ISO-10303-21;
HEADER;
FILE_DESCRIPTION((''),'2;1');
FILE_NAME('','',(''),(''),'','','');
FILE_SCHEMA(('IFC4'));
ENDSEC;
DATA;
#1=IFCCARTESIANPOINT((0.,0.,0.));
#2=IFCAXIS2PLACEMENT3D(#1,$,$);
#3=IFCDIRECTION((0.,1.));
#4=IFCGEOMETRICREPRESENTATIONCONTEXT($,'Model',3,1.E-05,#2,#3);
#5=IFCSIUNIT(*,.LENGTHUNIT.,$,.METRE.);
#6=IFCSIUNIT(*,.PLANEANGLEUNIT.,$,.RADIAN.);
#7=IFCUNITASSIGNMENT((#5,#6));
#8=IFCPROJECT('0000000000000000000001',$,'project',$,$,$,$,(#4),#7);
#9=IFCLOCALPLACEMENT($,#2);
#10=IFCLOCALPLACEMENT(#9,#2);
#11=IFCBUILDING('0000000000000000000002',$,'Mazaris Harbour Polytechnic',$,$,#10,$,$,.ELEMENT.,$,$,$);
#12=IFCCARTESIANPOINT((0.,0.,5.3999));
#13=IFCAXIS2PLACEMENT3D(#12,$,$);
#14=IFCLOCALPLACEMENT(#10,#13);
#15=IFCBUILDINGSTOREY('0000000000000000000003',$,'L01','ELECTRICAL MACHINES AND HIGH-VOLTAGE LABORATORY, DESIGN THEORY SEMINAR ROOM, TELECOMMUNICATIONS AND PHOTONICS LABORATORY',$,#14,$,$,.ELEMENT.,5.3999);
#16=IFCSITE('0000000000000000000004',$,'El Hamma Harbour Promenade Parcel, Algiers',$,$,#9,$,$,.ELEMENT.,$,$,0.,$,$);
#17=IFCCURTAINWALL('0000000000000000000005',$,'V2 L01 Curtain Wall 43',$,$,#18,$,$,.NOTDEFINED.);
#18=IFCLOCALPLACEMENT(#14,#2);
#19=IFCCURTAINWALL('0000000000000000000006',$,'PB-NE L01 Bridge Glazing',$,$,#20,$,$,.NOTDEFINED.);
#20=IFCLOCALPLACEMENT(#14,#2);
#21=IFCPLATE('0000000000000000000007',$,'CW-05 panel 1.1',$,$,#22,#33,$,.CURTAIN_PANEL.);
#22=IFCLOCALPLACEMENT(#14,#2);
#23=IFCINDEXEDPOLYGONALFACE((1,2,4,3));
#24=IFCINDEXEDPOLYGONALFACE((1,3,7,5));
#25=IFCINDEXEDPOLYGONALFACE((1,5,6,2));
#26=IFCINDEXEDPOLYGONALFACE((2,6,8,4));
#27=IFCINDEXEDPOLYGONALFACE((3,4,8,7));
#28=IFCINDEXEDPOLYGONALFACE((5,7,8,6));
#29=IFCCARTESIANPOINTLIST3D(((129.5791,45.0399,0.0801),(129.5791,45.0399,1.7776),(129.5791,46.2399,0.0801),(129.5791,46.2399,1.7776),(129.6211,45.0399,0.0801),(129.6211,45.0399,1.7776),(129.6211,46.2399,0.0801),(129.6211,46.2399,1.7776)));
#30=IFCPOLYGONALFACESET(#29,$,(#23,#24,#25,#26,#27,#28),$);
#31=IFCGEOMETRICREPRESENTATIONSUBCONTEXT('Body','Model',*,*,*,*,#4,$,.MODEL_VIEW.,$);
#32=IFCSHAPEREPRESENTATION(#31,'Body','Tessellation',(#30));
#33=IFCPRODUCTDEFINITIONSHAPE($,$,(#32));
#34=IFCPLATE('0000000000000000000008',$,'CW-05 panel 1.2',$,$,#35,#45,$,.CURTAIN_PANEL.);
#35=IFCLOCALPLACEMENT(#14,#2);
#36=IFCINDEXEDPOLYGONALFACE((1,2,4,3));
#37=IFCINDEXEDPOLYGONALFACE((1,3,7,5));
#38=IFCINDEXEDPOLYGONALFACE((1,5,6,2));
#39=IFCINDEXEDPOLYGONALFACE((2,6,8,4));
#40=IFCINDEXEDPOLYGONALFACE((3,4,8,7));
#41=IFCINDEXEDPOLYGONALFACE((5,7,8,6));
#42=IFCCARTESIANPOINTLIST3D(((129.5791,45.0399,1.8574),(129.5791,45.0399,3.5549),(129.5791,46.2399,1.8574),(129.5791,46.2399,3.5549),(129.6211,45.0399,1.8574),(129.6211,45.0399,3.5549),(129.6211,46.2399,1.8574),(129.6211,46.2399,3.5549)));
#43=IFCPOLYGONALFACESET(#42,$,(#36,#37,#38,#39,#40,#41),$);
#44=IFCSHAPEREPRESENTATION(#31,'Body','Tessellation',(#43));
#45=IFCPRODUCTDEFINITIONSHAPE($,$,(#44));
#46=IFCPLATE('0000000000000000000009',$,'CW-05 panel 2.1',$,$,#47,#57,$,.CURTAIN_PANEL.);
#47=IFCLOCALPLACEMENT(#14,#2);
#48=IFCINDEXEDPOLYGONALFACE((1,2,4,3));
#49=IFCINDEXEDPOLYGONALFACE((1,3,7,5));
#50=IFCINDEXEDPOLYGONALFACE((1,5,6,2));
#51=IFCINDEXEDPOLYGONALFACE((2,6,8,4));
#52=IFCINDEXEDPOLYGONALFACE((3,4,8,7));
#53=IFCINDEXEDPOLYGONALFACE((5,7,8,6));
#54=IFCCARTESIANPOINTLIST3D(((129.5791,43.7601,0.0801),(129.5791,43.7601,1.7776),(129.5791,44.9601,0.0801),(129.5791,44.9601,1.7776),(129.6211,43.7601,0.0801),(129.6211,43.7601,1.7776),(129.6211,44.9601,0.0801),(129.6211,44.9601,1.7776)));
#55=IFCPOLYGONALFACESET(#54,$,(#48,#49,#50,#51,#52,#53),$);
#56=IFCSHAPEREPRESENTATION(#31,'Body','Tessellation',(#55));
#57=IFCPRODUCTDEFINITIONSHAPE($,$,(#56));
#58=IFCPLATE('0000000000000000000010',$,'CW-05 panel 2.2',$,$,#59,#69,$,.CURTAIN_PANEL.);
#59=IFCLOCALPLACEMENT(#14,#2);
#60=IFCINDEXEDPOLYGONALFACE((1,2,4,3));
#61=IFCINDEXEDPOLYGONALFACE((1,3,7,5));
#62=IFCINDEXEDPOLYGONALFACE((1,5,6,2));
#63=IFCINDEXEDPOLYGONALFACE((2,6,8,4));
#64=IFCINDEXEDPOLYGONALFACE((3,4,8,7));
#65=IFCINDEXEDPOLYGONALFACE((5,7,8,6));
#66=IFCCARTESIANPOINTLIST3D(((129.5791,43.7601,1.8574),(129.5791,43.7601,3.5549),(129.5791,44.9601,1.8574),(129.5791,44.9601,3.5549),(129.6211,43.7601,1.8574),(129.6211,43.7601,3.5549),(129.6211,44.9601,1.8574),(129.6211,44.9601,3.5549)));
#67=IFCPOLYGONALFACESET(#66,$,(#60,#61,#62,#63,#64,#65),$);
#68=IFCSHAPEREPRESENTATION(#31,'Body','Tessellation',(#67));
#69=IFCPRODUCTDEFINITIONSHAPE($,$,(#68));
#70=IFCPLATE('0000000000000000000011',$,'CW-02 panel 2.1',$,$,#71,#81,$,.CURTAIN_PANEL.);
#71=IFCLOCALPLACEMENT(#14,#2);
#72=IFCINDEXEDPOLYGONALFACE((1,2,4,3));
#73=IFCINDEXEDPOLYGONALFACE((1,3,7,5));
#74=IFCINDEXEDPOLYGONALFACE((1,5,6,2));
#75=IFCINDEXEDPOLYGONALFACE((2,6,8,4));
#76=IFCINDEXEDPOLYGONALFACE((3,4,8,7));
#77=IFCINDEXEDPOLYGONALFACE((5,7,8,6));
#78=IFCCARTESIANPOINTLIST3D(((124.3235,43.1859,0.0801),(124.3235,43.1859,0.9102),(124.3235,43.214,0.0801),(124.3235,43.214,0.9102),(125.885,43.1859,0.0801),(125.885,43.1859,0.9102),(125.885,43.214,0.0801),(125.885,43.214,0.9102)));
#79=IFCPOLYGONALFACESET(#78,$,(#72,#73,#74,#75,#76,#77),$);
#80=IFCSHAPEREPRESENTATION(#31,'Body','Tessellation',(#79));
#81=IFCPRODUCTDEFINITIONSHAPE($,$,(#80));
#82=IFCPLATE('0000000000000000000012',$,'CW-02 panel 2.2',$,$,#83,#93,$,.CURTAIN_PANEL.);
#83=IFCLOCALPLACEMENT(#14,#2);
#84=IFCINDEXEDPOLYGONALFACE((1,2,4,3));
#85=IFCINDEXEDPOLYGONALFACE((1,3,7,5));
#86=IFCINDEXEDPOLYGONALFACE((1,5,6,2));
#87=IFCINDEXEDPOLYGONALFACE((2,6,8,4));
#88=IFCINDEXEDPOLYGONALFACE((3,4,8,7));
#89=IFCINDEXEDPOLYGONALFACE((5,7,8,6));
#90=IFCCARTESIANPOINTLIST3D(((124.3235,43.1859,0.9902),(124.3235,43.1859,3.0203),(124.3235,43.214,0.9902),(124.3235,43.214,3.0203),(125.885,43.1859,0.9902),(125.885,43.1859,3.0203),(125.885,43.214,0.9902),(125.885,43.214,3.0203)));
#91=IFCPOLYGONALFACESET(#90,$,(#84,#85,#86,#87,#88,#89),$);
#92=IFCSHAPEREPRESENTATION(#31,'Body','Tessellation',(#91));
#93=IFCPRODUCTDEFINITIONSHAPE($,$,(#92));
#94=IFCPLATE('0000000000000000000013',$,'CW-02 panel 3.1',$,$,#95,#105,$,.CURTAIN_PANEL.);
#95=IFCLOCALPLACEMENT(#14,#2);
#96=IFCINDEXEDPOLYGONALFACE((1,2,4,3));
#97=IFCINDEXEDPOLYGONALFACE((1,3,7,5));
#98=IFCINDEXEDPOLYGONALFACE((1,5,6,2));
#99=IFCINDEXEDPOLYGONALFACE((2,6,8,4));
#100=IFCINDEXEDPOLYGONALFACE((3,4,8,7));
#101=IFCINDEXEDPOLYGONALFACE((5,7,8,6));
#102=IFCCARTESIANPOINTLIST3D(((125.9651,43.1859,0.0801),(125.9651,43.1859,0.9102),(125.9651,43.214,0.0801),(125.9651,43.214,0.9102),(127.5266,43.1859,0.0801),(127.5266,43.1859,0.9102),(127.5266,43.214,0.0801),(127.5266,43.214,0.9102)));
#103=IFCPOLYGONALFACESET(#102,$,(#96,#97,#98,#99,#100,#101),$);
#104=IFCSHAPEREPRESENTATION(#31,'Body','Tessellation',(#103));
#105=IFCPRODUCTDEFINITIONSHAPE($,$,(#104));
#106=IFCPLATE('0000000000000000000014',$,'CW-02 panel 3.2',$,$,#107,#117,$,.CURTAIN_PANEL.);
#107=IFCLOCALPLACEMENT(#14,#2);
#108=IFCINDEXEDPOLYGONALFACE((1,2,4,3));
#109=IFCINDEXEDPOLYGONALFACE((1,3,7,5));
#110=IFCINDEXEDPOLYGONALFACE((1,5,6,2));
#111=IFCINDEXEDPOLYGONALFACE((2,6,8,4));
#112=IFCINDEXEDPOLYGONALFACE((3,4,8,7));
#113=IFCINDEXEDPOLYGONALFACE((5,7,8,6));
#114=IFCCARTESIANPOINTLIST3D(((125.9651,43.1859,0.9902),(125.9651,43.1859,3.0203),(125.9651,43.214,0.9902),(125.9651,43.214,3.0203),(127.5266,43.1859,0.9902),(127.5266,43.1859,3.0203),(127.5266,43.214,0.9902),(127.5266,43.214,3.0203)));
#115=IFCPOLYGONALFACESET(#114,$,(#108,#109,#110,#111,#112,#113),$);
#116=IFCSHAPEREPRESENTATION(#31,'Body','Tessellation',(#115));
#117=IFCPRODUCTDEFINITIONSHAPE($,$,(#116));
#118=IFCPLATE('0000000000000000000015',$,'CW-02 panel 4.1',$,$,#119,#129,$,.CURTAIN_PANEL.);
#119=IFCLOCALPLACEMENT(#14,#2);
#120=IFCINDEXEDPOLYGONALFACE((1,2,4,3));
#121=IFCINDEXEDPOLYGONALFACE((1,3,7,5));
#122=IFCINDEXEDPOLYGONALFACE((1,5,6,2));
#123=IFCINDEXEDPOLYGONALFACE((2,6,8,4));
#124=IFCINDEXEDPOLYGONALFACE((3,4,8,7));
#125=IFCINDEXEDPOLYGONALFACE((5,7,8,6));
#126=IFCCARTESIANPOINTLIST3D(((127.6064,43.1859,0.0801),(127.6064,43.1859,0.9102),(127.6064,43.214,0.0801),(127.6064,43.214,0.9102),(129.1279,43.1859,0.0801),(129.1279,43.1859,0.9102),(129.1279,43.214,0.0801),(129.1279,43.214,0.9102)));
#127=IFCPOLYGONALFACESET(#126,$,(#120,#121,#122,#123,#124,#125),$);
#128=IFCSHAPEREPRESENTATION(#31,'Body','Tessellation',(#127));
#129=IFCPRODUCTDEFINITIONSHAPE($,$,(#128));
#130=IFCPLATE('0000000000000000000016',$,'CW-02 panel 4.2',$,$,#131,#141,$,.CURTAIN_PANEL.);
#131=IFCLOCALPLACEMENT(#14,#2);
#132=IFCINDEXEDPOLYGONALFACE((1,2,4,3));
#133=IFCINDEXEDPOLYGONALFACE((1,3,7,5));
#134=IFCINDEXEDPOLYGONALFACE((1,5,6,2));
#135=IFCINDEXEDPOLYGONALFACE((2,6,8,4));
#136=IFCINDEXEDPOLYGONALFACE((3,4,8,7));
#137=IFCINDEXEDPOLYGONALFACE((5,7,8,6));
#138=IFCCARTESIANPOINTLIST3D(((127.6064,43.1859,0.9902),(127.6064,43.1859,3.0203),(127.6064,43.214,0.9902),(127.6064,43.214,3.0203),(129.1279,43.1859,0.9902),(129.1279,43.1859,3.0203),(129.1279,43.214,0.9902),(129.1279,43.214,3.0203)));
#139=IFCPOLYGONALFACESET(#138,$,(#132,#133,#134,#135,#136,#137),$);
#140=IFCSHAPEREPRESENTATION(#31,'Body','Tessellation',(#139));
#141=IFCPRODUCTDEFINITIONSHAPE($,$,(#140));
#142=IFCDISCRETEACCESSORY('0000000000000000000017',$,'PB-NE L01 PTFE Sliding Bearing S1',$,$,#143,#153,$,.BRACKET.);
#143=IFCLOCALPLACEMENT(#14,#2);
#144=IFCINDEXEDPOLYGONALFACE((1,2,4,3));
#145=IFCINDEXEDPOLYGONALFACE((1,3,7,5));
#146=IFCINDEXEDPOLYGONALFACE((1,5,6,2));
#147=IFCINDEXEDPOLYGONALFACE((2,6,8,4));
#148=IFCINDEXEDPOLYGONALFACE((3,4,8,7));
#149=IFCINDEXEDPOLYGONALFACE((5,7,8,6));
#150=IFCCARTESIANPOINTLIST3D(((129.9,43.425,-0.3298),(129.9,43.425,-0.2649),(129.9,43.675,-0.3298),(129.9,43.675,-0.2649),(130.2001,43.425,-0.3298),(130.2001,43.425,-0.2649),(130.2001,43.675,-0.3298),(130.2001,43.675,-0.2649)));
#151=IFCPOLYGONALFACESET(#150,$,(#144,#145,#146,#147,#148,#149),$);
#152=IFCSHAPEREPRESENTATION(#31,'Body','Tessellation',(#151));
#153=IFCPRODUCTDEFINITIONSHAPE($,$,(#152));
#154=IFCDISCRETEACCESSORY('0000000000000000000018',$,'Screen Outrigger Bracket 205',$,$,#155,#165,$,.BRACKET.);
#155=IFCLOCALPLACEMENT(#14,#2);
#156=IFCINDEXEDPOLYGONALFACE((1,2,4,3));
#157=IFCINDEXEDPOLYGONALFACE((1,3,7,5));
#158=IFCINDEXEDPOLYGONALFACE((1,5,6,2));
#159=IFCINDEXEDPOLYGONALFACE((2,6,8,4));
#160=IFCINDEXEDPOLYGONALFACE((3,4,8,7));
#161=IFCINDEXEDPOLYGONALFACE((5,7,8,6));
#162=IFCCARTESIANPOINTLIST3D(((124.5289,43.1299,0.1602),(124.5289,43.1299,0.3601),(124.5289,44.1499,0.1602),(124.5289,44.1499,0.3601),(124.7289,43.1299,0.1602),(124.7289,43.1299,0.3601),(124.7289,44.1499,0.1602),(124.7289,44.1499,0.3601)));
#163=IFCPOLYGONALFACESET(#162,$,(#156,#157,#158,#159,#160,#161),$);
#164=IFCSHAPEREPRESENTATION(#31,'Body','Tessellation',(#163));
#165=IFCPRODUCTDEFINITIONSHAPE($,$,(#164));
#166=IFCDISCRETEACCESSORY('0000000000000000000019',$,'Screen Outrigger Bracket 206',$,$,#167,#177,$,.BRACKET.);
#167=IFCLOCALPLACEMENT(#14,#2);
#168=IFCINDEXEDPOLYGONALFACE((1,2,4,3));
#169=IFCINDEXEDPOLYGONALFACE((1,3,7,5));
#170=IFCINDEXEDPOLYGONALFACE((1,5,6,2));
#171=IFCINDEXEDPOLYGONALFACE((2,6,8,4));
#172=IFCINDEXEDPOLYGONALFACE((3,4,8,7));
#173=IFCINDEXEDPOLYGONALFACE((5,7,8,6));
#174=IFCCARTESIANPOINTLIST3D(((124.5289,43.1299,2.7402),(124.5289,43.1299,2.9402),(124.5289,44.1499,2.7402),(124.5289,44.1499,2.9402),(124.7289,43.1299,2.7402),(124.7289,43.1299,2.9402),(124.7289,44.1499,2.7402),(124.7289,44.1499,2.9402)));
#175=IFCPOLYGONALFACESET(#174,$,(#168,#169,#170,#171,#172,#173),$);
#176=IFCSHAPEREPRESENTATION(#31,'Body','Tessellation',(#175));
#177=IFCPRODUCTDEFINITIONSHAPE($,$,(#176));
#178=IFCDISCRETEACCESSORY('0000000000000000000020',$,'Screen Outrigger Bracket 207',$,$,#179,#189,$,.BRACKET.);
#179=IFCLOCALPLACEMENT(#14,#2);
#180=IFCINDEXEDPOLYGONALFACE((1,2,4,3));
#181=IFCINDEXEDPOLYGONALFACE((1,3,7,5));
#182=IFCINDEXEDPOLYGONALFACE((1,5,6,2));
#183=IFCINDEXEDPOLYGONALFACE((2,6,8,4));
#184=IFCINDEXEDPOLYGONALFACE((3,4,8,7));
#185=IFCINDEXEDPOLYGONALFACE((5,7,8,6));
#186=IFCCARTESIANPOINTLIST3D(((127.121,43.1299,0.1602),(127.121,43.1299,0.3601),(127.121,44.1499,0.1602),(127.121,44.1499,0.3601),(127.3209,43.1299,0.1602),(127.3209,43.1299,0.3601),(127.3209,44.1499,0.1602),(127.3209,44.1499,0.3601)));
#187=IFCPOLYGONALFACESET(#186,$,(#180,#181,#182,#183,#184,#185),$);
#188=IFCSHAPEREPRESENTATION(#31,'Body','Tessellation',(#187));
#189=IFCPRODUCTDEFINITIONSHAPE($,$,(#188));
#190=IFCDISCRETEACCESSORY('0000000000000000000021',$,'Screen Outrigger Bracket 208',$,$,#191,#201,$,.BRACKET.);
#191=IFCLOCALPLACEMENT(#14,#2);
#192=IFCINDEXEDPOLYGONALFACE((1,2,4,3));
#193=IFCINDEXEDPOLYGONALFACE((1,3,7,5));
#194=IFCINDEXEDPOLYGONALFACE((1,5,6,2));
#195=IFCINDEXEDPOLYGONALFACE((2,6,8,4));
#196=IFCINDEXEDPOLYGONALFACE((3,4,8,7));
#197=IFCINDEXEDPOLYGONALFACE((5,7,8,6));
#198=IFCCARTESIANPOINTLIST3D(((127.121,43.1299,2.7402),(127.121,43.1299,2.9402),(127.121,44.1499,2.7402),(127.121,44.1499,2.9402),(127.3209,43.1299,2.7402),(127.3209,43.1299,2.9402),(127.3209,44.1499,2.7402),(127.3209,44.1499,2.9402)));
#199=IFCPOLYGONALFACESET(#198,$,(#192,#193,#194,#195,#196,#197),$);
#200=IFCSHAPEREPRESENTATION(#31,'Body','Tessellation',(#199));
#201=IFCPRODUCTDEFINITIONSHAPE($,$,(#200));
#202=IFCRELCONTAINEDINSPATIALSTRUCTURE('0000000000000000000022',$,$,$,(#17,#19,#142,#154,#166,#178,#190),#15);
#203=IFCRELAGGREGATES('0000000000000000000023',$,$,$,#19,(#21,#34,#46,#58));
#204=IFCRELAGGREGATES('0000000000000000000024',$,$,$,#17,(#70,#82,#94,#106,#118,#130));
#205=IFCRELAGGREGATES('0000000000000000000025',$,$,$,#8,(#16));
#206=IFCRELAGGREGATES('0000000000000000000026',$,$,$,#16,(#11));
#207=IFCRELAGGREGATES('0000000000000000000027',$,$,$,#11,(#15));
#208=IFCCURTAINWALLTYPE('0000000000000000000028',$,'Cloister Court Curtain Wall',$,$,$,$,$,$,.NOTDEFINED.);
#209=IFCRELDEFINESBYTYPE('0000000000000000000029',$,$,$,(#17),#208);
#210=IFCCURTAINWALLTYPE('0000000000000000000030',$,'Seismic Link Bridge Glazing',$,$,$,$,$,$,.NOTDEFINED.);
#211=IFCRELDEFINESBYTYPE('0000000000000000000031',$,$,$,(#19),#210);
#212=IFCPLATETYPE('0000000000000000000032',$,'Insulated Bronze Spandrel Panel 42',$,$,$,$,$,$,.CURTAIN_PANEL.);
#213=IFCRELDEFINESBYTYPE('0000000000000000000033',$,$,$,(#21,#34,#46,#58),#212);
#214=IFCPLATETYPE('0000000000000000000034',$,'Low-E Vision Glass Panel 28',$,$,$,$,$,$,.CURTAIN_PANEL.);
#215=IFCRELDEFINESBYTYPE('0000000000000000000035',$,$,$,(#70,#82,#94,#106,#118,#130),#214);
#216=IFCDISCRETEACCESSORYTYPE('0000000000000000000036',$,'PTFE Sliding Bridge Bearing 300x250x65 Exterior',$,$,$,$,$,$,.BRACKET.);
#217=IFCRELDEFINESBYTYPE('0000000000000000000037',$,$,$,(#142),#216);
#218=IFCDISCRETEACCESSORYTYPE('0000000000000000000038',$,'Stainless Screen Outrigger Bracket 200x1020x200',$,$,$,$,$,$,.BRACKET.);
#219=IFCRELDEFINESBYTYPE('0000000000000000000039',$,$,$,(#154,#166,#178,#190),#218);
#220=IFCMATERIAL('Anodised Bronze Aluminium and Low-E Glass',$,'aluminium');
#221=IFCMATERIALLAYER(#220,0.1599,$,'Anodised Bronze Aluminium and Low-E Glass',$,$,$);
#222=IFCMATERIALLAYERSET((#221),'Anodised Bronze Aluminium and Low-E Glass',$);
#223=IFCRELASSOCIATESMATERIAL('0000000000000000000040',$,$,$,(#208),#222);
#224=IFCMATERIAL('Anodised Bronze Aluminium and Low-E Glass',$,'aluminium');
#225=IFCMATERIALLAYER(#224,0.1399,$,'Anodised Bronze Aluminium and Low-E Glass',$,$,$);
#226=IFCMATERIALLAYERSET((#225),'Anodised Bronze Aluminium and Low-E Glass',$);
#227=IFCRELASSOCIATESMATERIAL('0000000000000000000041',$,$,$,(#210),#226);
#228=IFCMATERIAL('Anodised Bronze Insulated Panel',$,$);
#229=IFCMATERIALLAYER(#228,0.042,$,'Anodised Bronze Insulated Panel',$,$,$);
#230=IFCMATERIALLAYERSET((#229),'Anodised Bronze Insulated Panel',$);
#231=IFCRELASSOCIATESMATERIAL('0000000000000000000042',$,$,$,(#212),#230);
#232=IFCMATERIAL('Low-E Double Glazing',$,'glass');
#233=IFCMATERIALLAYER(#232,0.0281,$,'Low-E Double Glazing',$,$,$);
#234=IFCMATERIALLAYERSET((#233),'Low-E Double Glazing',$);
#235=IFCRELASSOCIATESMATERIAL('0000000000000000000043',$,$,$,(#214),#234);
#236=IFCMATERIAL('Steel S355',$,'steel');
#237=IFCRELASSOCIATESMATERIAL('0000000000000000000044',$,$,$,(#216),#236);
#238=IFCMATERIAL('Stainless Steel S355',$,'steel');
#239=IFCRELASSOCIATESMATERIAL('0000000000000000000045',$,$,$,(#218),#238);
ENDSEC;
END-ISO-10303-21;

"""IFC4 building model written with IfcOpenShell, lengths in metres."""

from ifc_helpers import new_model, si_unit, direction, frame, origin, origin_2d, place, context, subcontext, project, spatial, rectangle, extrude, material, layer, layer_set, type_object, element, aggregate, save


model = new_model("IFC4")

# Units and contexts
model_context = context("Model", 3, precision=1e-05, world=origin(), true_north=direction((0.0, 1.0)))
body_context = subcontext(model_context, "Body", "Model", "MODEL_VIEW")
ifc_project = project(units=[si_unit("LENGTHUNIT", "METRE"), si_unit("PLANEANGLEUNIT", "RADIAN")], contexts=[model_context])

# Site, building, storey
site_placement = place(None, origin())
site = spatial("IfcSite", under=ifc_project, at=site_placement, Name="El Hamma Harbour Promenade Parcel, Algiers", CompositionType="ELEMENT", RefElevation=0.0)
building_placement = place(site_placement, origin())
building = spatial("IfcBuilding", under=site, at=building_placement, Name="Mazaris Harbour Polytechnic", CompositionType="ELEMENT")
storey_placement = place(building_placement, frame((0.0, 0.0, 5.3999)))
storey = spatial("IfcBuildingStorey", under=building, at=storey_placement, Name="L01", Description="ELECTRICAL MACHINES AND HIGH-VOLTAGE LABORATORY, DESIGN THEORY SEMINAR ROOM, TELECOMMUNICATIONS AND PHOTONICS LABORATORY", CompositionType="ELEMENT", Elevation=5.3999)

# Curtain walls
ifc_material_1 = material(Name="Anodised Bronze Aluminium and Low-E Glass", Category="aluminium")
ifc_layer_1 = layer(ifc_material_1, 0.1599, Name="Anodised Bronze Aluminium and Low-E Glass")
ifc_layer_set_1 = layer_set([ifc_layer_1], Name="Anodised Bronze Aluminium and Low-E Glass")
curtain_wall_type_1 = type_object("IfcCurtainWallType", Name="Cloister Court Curtain Wall", PredefinedType="NOTDEFINED", material=ifc_layer_set_1)
curtain_wall_1_placement = place(storey_placement, origin())
curtain_wall_1 = element("IfcCurtainWall", 1, at=curtain_wall_1_placement, inside=storey, type_object=curtain_wall_type_1, Name="V2 L01 Curtain Wall 43", PredefinedType="NOTDEFINED")
ifc_material_2 = material(Name="Anodised Bronze Aluminium and Low-E Glass", Category="aluminium")
ifc_layer_2 = layer(ifc_material_2, 0.1399, Name="Anodised Bronze Aluminium and Low-E Glass")
ifc_layer_set_2 = layer_set([ifc_layer_2], Name="Anodised Bronze Aluminium and Low-E Glass")
curtain_wall_type_2 = type_object("IfcCurtainWallType", Name="Seismic Link Bridge Glazing", PredefinedType="NOTDEFINED", material=ifc_layer_set_2)
curtain_wall_2_placement = place(storey_placement, origin())
curtain_wall_2 = element("IfcCurtainWall", 2, at=curtain_wall_2_placement, inside=storey, type_object=curtain_wall_type_2, Name="PB-NE L01 Bridge Glazing", PredefinedType="NOTDEFINED")

# Plates
ifc_material_3 = material(Name="Anodised Bronze Insulated Panel")
ifc_layer_3 = layer(ifc_material_3, 0.042, Name="Anodised Bronze Insulated Panel")
ifc_layer_set_3 = layer_set([ifc_layer_3], Name="Anodised Bronze Insulated Panel")
plate_type_1 = type_object("IfcPlateType", Name="Insulated Bronze Spandrel Panel 42", PredefinedType="CURTAIN_PANEL", material=ifc_layer_set_3)
plate_1_placement = place(storey_placement, frame((129.6001, 45.6399, 0.0801), z_axis=(0.0, 0.0, 1.0), x_axis=(0.0, -1.0, 0.0)))
plate_1 = element("IfcPlate", 3, at=plate_1_placement, type_object=plate_type_1, Name="CW-05 panel 1.1", PredefinedType="CURTAIN_PANEL", context=body_context, shape_type="SweptSolid", body=[
    extrude(rectangle(XDim=1.2, YDim=0.042, at=origin_2d()), origin(), (0.0, 0.0, 1.0), 1.6975),
])
plate_2_placement = place(storey_placement, frame((129.6001, 45.6399, 1.8574), z_axis=(0.0, 0.0, 1.0), x_axis=(0.0, -1.0, 0.0)))
plate_2 = element("IfcPlate", 4, at=plate_2_placement, type_object=plate_type_1, Name="CW-05 panel 1.2", PredefinedType="CURTAIN_PANEL", context=body_context, shape_type="SweptSolid", body=[
    extrude(rectangle(XDim=1.2, YDim=0.042, at=origin_2d()), origin(), (0.0, 0.0, 1.0), 1.6975),
])
plate_3_placement = place(storey_placement, frame((129.6001, 44.3601, 0.0801), z_axis=(0.0, 0.0, 1.0), x_axis=(0.0, -1.0, 0.0)))
plate_3 = element("IfcPlate", 5, at=plate_3_placement, type_object=plate_type_1, Name="CW-05 panel 2.1", PredefinedType="CURTAIN_PANEL", context=body_context, shape_type="SweptSolid", body=[
    extrude(rectangle(XDim=1.2, YDim=0.042, at=origin_2d()), origin(), (0.0, 0.0, 1.0), 1.6975),
])
plate_4_placement = place(storey_placement, frame((129.6001, 44.3601, 1.8574), z_axis=(0.0, 0.0, 1.0), x_axis=(0.0, -1.0, 0.0)))
plate_4 = element("IfcPlate", 6, at=plate_4_placement, type_object=plate_type_1, Name="CW-05 panel 2.2", PredefinedType="CURTAIN_PANEL", context=body_context, shape_type="SweptSolid", body=[
    extrude(rectangle(XDim=1.2, YDim=0.042, at=origin_2d()), origin(), (0.0, 0.0, 1.0), 1.6975),
])
aggregate(curtain_wall_2, [plate_1, plate_2, plate_3, plate_4])
ifc_material_4 = material(Name="Low-E Double Glazing", Category="glass")
ifc_layer_4 = layer(ifc_material_4, 0.0281, Name="Low-E Double Glazing")
ifc_layer_set_4 = layer_set([ifc_layer_4], Name="Low-E Double Glazing")
plate_type_2 = type_object("IfcPlateType", Name="Low-E Vision Glass Panel 28", PredefinedType="CURTAIN_PANEL", material=ifc_layer_set_4)
plate_5_placement = place(storey_placement, frame((125.1042, 43.2, 0.0801), z_axis=(0.0, 0.0, 1.0), x_axis=(1.0, 0.0, 0.0)))
plate_5 = element("IfcPlate", 7, at=plate_5_placement, type_object=plate_type_2, Name="CW-02 panel 2.1", PredefinedType="CURTAIN_PANEL", context=body_context, shape_type="SweptSolid", body=[
    extrude(rectangle(XDim=1.5615, YDim=0.0281, at=origin_2d()), origin(), (0.0, 0.0, 1.0), 0.8301),
])
plate_6_placement = place(storey_placement, frame((125.1042, 43.2, 0.9902), z_axis=(0.0, 0.0, 1.0), x_axis=(1.0, 0.0, 0.0)))
plate_6 = element("IfcPlate", 8, at=plate_6_placement, type_object=plate_type_2, Name="CW-02 panel 2.2", PredefinedType="CURTAIN_PANEL", context=body_context, shape_type="SweptSolid", body=[
    extrude(rectangle(XDim=1.5615, YDim=0.0281, at=origin_2d()), origin(), (0.0, 0.0, 1.0), 2.03),
])
plate_7_placement = place(storey_placement, frame((126.7458, 43.2, 0.0801), z_axis=(0.0, 0.0, 1.0), x_axis=(1.0, 0.0, 0.0)))
plate_7 = element("IfcPlate", 9, at=plate_7_placement, type_object=plate_type_2, Name="CW-02 panel 3.1", PredefinedType="CURTAIN_PANEL", context=body_context, shape_type="SweptSolid", body=[
    extrude(rectangle(XDim=1.5615, YDim=0.0281, at=origin_2d()), origin(), (0.0, 0.0, 1.0), 0.8301),
])
plate_8_placement = place(storey_placement, frame((126.7458, 43.2, 0.9902), z_axis=(0.0, 0.0, 1.0), x_axis=(1.0, 0.0, 0.0)))
plate_8 = element("IfcPlate", 10, at=plate_8_placement, type_object=plate_type_2, Name="CW-02 panel 3.2", PredefinedType="CURTAIN_PANEL", context=body_context, shape_type="SweptSolid", body=[
    extrude(rectangle(XDim=1.5615, YDim=0.0281, at=origin_2d()), origin(), (0.0, 0.0, 1.0), 2.03),
])
plate_9_placement = place(storey_placement, frame((128.3672, 43.2, 0.0801), z_axis=(0.0, 0.0, 1.0), x_axis=(1.0, 0.0, 0.0)))
plate_9 = element("IfcPlate", 11, at=plate_9_placement, type_object=plate_type_2, Name="CW-02 panel 4.1", PredefinedType="CURTAIN_PANEL", context=body_context, shape_type="SweptSolid", body=[
    extrude(rectangle(XDim=1.5215, YDim=0.0281, at=origin_2d()), origin(), (0.0, 0.0, 1.0), 0.8301),
])
plate_10_placement = place(storey_placement, frame((128.3672, 43.2, 0.9902), z_axis=(0.0, 0.0, 1.0), x_axis=(1.0, 0.0, 0.0)))
plate_10 = element("IfcPlate", 12, at=plate_10_placement, type_object=plate_type_2, Name="CW-02 panel 4.2", PredefinedType="CURTAIN_PANEL", context=body_context, shape_type="SweptSolid", body=[
    extrude(rectangle(XDim=1.5215, YDim=0.0281, at=origin_2d()), origin(), (0.0, 0.0, 1.0), 2.03),
])
aggregate(curtain_wall_1, [plate_5, plate_6, plate_7, plate_8, plate_9, plate_10])

# Discrete accessories
ifc_material_5 = material(Name="Steel S355", Category="steel")
discrete_accessory_type_1 = type_object("IfcDiscreteAccessoryType", Name="PTFE Sliding Bridge Bearing 300x250x65 Exterior", PredefinedType="BRACKET", material=ifc_material_5)
discrete_accessory_placement = place(storey_placement, frame((130.05, 43.55, -0.3298), z_axis=(0.0, 0.0, 1.0), x_axis=(1.0, 0.0, 0.0)))
element("IfcDiscreteAccessory", 13, at=discrete_accessory_placement, inside=storey, type_object=discrete_accessory_type_1, Name="PB-NE L01 PTFE Sliding Bearing S1", PredefinedType="BRACKET", context=body_context, shape_type="SweptSolid", body=[
    extrude(rectangle(XDim=0.3, YDim=0.25, at=origin_2d()), origin(), (0.0, 0.0, 1.0), 0.0649),
])
ifc_material_6 = material(Name="Stainless Steel S355", Category="steel")
discrete_accessory_type_2 = type_object("IfcDiscreteAccessoryType", Name="Stainless Screen Outrigger Bracket 200x1020x200", PredefinedType="BRACKET", material=ifc_material_6)
for number, where, z_axis, x_axis, name in (
    (14, (124.6289, 43.6399, 0.1602), (0.0, 0.0, 1.0), (1.0, 0.0, 0.0), "Screen Outrigger Bracket 205"),
    (15, (124.6289, 43.6399, 2.7402), (0.0, 0.0, 1.0), (1.0, 0.0, 0.0), "Screen Outrigger Bracket 206"),
    (16, (127.2209, 43.6399, 0.1602), (0.0, 0.0, 1.0), (1.0, 0.0, 0.0), "Screen Outrigger Bracket 207"),
    (17, (127.2209, 43.6399, 2.7402), (0.0, 0.0, 1.0), (1.0, 0.0, 0.0), "Screen Outrigger Bracket 208"),
):
    element("IfcDiscreteAccessory", number, at=place(storey_placement, frame(where, z_axis=z_axis, x_axis=x_axis)), inside=storey, type_object=discrete_accessory_type_2, Name=name, PredefinedType="BRACKET", context=body_context, shape_type="SweptSolid", body=[
        extrude(rectangle(XDim=0.2, YDim=1.02, at=origin_2d()), origin(), (0.0, 0.0, 1.0), 0.2),
    ])

save(model, "model.ifc")
